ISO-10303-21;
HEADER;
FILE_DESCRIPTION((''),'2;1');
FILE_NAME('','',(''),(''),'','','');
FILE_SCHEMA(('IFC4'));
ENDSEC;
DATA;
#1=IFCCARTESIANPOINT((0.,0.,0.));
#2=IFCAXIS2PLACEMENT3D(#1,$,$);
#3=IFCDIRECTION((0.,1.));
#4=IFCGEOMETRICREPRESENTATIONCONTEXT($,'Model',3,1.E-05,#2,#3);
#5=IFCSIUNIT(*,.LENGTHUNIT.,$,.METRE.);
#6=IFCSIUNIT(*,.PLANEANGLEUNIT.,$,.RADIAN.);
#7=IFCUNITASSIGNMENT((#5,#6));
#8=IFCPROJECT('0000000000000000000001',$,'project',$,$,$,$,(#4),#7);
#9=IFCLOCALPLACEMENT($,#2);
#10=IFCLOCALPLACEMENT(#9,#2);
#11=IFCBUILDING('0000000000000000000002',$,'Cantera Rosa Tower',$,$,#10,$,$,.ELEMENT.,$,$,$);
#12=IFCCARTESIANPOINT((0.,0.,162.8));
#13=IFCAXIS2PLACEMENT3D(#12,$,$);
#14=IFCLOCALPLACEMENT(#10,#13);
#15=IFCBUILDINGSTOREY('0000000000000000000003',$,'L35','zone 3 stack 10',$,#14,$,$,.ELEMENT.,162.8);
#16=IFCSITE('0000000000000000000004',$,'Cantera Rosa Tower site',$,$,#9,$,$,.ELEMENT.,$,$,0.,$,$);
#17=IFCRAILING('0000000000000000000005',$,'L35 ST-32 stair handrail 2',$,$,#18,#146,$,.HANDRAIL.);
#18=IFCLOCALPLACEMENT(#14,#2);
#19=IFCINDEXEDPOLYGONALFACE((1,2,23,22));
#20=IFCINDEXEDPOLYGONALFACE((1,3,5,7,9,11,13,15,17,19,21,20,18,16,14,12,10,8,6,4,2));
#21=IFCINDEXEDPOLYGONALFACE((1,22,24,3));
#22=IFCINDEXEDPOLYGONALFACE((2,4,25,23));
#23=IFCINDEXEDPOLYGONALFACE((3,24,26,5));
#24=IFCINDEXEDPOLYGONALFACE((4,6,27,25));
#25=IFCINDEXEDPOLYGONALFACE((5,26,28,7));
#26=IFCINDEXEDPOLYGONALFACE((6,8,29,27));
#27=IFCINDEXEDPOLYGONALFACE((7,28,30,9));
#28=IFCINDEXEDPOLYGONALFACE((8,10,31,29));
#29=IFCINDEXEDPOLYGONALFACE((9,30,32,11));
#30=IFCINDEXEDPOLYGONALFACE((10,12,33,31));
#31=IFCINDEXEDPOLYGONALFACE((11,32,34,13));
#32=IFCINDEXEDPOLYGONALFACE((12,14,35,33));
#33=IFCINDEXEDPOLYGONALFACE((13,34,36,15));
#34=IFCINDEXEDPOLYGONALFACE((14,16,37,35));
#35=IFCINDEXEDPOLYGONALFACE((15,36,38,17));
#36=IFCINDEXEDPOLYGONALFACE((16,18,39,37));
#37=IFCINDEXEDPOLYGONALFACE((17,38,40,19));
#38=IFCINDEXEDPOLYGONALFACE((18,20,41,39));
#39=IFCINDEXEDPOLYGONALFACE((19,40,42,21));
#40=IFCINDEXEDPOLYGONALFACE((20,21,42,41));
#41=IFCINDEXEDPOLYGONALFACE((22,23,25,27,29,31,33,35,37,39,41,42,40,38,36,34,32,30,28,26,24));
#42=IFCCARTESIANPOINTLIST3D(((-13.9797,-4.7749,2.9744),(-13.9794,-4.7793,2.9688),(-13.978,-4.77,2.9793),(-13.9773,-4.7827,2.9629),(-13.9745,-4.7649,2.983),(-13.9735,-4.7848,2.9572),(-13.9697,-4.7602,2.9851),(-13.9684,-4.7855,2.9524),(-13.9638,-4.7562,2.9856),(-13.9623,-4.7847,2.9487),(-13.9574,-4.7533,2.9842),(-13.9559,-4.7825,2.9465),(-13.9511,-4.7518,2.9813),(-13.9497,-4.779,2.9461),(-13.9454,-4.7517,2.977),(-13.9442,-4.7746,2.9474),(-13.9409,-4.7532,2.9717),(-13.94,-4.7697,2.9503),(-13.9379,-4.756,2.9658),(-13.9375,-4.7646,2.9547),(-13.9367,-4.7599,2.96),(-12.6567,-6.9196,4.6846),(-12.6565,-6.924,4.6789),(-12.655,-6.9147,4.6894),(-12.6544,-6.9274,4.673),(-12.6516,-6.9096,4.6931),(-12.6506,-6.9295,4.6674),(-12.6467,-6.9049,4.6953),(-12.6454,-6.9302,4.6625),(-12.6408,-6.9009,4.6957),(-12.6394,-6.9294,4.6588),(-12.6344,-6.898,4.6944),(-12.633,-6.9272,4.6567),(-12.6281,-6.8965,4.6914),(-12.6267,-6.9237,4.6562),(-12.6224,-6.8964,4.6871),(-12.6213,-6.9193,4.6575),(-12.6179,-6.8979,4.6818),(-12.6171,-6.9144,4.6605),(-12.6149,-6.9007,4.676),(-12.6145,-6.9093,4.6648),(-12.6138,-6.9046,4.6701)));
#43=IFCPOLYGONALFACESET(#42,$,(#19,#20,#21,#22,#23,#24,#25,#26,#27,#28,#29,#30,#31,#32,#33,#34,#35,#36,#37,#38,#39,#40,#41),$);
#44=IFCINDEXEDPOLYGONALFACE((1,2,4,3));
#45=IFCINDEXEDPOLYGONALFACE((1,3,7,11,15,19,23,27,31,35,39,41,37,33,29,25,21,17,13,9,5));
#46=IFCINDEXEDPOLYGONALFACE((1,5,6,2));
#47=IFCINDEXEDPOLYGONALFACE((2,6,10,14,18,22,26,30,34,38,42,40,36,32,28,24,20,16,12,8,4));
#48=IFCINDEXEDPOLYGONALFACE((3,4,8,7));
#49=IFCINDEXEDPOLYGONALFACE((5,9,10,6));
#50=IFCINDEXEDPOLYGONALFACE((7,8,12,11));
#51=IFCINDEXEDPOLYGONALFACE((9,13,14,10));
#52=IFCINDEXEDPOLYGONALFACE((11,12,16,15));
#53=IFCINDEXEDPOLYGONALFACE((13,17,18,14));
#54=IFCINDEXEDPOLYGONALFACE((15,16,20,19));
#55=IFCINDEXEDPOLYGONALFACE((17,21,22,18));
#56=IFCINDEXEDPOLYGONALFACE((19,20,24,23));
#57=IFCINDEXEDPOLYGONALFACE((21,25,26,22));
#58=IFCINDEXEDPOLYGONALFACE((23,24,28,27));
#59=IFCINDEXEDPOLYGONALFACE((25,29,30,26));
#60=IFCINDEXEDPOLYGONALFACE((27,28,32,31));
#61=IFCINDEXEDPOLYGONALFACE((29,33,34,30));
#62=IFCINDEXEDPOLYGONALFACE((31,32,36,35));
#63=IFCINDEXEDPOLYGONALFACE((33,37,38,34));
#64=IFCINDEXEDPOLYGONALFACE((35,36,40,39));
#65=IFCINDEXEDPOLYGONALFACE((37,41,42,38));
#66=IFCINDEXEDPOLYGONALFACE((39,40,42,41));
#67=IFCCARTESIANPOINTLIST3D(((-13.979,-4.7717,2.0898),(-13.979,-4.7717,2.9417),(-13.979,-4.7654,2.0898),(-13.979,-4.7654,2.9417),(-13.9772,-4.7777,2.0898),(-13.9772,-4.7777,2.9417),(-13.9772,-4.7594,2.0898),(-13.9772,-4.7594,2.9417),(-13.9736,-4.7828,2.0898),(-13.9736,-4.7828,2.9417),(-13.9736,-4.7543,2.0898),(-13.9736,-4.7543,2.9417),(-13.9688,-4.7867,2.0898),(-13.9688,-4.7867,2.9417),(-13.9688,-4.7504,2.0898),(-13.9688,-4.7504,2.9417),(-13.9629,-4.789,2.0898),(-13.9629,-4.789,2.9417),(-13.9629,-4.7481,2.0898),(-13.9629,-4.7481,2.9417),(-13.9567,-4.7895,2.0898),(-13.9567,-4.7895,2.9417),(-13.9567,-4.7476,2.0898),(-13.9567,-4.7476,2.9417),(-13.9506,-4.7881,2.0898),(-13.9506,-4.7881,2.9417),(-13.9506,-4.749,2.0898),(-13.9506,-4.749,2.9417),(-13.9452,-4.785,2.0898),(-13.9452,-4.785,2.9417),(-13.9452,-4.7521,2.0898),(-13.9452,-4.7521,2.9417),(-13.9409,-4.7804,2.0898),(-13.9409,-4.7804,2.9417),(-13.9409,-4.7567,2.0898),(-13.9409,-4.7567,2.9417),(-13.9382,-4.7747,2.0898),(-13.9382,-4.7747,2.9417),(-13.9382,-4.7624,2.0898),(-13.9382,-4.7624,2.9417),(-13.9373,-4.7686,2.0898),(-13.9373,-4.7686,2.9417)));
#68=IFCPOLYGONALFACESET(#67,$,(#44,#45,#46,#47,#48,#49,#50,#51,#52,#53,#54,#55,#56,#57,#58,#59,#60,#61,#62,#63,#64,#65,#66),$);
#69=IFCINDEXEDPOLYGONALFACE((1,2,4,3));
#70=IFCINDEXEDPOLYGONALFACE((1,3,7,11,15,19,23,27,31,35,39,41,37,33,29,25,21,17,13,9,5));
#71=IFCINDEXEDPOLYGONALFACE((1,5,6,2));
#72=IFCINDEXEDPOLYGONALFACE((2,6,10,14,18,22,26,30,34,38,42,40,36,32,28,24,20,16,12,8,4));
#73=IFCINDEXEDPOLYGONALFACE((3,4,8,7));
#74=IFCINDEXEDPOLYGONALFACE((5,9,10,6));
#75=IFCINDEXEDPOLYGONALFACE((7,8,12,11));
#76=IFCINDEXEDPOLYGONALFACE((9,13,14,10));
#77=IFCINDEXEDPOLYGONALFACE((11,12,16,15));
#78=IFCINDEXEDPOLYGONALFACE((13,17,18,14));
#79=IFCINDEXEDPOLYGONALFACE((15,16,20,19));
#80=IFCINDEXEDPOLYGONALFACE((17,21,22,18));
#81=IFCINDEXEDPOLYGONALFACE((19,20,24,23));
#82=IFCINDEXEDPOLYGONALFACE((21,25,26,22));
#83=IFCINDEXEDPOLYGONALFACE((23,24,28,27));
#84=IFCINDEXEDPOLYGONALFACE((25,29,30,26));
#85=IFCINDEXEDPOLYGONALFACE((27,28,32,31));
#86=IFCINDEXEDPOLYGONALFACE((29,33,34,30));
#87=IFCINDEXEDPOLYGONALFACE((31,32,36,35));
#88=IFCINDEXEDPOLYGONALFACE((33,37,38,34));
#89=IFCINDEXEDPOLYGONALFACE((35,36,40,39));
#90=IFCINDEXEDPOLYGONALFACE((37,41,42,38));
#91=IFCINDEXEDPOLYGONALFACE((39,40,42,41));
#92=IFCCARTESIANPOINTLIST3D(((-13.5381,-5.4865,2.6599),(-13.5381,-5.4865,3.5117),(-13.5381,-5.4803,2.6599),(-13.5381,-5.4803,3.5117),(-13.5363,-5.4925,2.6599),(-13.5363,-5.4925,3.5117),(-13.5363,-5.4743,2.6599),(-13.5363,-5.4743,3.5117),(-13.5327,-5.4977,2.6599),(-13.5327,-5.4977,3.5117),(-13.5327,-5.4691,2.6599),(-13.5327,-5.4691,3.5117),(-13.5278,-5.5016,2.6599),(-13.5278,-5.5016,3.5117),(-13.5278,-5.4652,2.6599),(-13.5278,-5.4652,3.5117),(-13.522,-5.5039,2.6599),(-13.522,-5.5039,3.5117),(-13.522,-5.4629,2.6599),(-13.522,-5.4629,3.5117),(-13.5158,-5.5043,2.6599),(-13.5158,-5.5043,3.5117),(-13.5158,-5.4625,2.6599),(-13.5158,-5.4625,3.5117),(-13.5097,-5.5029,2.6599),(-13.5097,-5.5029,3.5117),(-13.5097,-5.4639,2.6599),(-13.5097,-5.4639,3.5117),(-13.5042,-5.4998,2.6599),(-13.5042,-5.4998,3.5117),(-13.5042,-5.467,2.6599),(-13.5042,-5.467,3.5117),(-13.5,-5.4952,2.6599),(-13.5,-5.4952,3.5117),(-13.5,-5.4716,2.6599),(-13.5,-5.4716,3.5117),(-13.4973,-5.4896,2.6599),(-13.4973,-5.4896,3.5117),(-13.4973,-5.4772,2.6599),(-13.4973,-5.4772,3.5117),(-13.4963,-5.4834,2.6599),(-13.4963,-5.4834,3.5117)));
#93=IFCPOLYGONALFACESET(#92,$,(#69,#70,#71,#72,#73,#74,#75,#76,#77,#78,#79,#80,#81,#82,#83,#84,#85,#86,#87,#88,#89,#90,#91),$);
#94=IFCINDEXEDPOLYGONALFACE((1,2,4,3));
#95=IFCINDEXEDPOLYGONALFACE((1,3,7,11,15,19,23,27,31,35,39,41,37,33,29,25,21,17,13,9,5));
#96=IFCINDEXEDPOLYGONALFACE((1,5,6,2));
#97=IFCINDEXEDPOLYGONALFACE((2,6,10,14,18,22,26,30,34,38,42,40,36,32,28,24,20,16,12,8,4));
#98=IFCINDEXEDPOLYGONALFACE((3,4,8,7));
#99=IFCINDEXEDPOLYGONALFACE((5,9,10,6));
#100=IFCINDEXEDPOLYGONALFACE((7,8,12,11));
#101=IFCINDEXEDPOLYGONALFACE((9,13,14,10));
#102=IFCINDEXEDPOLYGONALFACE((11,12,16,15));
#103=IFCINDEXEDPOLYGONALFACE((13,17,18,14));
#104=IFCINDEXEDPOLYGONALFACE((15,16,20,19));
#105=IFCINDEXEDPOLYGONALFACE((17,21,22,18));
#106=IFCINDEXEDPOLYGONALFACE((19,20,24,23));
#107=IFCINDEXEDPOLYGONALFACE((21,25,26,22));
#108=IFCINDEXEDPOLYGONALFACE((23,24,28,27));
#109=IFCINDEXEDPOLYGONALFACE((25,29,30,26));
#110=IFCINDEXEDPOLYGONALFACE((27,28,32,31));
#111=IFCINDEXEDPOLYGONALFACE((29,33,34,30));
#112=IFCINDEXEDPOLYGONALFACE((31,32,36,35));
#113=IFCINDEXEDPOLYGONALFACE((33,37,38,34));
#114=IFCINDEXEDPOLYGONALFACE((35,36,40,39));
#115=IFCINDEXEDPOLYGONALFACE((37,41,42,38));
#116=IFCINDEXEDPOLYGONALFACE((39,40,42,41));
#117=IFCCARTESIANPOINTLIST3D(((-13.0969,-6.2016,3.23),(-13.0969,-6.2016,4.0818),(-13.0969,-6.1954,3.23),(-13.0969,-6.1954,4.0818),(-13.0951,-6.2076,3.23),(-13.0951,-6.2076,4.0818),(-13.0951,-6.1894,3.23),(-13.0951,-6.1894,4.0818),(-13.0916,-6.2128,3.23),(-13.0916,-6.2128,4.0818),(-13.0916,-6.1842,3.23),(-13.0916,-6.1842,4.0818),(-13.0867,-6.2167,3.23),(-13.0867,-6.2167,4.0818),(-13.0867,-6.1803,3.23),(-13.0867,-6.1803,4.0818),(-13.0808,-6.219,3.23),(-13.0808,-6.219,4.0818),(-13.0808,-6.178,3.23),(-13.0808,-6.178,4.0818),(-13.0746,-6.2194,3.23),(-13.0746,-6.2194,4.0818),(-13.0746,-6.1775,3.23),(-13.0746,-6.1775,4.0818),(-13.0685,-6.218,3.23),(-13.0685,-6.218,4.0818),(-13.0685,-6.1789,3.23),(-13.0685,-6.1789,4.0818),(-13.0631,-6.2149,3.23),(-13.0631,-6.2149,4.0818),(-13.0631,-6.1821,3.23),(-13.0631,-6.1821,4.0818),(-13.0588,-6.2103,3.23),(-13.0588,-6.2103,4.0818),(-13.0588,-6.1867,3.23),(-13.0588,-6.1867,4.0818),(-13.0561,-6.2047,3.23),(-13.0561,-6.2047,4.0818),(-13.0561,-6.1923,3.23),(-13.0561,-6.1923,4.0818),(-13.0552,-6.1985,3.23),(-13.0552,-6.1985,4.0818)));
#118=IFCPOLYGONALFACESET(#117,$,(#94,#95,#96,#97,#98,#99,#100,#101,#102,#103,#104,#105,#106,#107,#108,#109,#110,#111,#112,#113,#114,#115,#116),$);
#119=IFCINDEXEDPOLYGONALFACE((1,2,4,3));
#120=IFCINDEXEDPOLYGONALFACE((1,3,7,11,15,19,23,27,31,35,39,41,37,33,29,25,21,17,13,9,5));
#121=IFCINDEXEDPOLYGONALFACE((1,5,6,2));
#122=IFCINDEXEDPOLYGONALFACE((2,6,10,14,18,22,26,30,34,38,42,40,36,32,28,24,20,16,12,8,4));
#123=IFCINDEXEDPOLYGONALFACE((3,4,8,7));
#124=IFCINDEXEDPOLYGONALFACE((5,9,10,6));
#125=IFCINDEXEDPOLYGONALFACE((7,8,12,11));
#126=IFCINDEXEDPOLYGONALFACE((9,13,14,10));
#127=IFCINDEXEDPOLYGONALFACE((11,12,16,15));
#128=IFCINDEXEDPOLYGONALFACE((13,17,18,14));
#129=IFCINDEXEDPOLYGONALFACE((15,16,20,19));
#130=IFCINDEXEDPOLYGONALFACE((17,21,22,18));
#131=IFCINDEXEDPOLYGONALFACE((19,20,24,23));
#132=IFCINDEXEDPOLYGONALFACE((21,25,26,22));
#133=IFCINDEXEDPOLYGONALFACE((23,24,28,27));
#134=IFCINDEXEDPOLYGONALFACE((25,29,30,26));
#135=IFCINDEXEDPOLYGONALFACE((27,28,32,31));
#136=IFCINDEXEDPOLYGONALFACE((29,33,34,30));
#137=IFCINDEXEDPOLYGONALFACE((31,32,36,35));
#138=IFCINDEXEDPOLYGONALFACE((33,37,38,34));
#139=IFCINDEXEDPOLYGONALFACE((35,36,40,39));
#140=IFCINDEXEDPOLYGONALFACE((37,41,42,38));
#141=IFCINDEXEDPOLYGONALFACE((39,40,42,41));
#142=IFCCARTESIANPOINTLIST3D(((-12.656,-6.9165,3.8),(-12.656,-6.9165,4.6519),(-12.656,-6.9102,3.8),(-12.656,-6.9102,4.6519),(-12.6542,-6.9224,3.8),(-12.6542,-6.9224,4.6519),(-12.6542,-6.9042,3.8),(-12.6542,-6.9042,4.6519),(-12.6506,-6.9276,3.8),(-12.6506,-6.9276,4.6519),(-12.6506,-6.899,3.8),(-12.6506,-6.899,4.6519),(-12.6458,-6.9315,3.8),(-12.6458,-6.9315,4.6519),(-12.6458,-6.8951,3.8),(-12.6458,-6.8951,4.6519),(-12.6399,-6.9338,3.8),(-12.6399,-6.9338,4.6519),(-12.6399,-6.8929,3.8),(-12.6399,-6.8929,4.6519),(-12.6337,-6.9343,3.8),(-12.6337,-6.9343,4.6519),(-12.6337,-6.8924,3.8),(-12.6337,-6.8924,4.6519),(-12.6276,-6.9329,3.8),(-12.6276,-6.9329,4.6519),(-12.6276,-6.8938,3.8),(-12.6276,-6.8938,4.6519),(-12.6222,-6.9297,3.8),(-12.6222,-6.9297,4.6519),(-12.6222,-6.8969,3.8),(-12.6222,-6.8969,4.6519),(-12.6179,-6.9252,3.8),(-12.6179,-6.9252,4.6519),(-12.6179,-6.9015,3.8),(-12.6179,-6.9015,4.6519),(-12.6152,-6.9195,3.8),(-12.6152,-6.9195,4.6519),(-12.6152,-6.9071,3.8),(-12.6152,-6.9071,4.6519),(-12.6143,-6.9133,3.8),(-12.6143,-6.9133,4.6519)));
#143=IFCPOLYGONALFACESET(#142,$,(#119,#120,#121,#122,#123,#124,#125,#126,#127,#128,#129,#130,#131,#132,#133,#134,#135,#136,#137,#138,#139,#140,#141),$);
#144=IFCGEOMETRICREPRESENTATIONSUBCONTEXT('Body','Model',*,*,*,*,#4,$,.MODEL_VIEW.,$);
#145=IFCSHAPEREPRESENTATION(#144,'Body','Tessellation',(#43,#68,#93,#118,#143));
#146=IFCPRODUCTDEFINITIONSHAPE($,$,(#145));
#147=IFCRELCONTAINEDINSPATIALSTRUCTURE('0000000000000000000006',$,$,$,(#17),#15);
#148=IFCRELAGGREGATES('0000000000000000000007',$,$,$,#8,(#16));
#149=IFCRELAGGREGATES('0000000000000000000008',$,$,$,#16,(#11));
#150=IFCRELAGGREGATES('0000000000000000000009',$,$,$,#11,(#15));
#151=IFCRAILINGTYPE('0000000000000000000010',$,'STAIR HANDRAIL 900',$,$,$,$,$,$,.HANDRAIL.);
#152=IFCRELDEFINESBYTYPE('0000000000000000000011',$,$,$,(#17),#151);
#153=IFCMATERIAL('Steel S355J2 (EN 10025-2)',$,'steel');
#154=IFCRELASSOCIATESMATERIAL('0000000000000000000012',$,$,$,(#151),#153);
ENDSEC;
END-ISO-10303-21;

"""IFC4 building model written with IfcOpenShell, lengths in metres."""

from ifc_helpers import new_model, si_unit, direction, frame, origin, origin_2d, place, context, subcontext, project, spatial, circle, extrude, material, type_object, element, save


model = new_model("IFC4")

# Units and contexts
model_context = context("Model", 3, precision=1e-05, world=origin(), true_north=direction((0.0, 1.0)))
body_context = subcontext(model_context, "Body", "Model", "MODEL_VIEW")
ifc_project = project(units=[si_unit("LENGTHUNIT", "METRE"), si_unit("PLANEANGLEUNIT", "RADIAN")], contexts=[model_context])

# Site, building, storey
site_placement = place(None, origin())
site = spatial("IfcSite", under=ifc_project, at=site_placement, Name="Cantera Rosa Tower site", CompositionType="ELEMENT", RefElevation=0.0)
building_placement = place(site_placement, origin())
building = spatial("IfcBuilding", under=site, at=building_placement, Name="Cantera Rosa Tower", CompositionType="ELEMENT")
storey_placement = place(building_placement, frame((0.0, 0.0, 162.8)))
storey = spatial("IfcBuildingStorey", under=building, at=storey_placement, Name="L35", Description="zone 3 stack 10", CompositionType="ELEMENT", Elevation=162.8)

# Railing
ifc_material_1 = material(Name="Steel S355J2 (EN 10025-2)", Category="steel")
railing_type_1 = type_object("IfcRailingType", Name="STAIR HANDRAIL 900", PredefinedType="HANDRAIL", material=ifc_material_1)
railing_1_placement = place(storey_placement, frame((-13.9583, -4.7686, 2.0898)))
element("IfcRailing", 1, at=railing_1_placement, inside=storey, type_object=railing_type_1, Name="L35 ST-32 stair handrail 2", PredefinedType="HANDRAIL", context=body_context, shape_type="SweptSolid", body=[
    extrude(circle(Radius=0.0239, at=origin_2d()), frame((0.0, 0.0, 0.876), z_axis=(0.434408, -0.70424, 0.561548), x_axis=(0.851102, 0.525, 0.0)), (0.0, 0.0, 1.0), 3.0454),
    extrude(circle(Radius=0.021, at=origin_2d()), origin(), (0.0, 0.0, 1.0), 0.8518),
    extrude(circle(Radius=0.021, at=origin_2d()), frame((0.4409, -0.7148, 0.5701)), (0.0, 0.0, 1.0), 0.8518),
    extrude(circle(Radius=0.021, at=origin_2d()), frame((0.8821, -1.4299, 1.1401)), (0.0, 0.0, 1.0), 0.8518),
    extrude(circle(Radius=0.021, at=origin_2d()), frame((1.323, -2.1448, 1.7102)), (0.0, 0.0, 1.0), 0.8518),
])

save(model, "model.ifc")
